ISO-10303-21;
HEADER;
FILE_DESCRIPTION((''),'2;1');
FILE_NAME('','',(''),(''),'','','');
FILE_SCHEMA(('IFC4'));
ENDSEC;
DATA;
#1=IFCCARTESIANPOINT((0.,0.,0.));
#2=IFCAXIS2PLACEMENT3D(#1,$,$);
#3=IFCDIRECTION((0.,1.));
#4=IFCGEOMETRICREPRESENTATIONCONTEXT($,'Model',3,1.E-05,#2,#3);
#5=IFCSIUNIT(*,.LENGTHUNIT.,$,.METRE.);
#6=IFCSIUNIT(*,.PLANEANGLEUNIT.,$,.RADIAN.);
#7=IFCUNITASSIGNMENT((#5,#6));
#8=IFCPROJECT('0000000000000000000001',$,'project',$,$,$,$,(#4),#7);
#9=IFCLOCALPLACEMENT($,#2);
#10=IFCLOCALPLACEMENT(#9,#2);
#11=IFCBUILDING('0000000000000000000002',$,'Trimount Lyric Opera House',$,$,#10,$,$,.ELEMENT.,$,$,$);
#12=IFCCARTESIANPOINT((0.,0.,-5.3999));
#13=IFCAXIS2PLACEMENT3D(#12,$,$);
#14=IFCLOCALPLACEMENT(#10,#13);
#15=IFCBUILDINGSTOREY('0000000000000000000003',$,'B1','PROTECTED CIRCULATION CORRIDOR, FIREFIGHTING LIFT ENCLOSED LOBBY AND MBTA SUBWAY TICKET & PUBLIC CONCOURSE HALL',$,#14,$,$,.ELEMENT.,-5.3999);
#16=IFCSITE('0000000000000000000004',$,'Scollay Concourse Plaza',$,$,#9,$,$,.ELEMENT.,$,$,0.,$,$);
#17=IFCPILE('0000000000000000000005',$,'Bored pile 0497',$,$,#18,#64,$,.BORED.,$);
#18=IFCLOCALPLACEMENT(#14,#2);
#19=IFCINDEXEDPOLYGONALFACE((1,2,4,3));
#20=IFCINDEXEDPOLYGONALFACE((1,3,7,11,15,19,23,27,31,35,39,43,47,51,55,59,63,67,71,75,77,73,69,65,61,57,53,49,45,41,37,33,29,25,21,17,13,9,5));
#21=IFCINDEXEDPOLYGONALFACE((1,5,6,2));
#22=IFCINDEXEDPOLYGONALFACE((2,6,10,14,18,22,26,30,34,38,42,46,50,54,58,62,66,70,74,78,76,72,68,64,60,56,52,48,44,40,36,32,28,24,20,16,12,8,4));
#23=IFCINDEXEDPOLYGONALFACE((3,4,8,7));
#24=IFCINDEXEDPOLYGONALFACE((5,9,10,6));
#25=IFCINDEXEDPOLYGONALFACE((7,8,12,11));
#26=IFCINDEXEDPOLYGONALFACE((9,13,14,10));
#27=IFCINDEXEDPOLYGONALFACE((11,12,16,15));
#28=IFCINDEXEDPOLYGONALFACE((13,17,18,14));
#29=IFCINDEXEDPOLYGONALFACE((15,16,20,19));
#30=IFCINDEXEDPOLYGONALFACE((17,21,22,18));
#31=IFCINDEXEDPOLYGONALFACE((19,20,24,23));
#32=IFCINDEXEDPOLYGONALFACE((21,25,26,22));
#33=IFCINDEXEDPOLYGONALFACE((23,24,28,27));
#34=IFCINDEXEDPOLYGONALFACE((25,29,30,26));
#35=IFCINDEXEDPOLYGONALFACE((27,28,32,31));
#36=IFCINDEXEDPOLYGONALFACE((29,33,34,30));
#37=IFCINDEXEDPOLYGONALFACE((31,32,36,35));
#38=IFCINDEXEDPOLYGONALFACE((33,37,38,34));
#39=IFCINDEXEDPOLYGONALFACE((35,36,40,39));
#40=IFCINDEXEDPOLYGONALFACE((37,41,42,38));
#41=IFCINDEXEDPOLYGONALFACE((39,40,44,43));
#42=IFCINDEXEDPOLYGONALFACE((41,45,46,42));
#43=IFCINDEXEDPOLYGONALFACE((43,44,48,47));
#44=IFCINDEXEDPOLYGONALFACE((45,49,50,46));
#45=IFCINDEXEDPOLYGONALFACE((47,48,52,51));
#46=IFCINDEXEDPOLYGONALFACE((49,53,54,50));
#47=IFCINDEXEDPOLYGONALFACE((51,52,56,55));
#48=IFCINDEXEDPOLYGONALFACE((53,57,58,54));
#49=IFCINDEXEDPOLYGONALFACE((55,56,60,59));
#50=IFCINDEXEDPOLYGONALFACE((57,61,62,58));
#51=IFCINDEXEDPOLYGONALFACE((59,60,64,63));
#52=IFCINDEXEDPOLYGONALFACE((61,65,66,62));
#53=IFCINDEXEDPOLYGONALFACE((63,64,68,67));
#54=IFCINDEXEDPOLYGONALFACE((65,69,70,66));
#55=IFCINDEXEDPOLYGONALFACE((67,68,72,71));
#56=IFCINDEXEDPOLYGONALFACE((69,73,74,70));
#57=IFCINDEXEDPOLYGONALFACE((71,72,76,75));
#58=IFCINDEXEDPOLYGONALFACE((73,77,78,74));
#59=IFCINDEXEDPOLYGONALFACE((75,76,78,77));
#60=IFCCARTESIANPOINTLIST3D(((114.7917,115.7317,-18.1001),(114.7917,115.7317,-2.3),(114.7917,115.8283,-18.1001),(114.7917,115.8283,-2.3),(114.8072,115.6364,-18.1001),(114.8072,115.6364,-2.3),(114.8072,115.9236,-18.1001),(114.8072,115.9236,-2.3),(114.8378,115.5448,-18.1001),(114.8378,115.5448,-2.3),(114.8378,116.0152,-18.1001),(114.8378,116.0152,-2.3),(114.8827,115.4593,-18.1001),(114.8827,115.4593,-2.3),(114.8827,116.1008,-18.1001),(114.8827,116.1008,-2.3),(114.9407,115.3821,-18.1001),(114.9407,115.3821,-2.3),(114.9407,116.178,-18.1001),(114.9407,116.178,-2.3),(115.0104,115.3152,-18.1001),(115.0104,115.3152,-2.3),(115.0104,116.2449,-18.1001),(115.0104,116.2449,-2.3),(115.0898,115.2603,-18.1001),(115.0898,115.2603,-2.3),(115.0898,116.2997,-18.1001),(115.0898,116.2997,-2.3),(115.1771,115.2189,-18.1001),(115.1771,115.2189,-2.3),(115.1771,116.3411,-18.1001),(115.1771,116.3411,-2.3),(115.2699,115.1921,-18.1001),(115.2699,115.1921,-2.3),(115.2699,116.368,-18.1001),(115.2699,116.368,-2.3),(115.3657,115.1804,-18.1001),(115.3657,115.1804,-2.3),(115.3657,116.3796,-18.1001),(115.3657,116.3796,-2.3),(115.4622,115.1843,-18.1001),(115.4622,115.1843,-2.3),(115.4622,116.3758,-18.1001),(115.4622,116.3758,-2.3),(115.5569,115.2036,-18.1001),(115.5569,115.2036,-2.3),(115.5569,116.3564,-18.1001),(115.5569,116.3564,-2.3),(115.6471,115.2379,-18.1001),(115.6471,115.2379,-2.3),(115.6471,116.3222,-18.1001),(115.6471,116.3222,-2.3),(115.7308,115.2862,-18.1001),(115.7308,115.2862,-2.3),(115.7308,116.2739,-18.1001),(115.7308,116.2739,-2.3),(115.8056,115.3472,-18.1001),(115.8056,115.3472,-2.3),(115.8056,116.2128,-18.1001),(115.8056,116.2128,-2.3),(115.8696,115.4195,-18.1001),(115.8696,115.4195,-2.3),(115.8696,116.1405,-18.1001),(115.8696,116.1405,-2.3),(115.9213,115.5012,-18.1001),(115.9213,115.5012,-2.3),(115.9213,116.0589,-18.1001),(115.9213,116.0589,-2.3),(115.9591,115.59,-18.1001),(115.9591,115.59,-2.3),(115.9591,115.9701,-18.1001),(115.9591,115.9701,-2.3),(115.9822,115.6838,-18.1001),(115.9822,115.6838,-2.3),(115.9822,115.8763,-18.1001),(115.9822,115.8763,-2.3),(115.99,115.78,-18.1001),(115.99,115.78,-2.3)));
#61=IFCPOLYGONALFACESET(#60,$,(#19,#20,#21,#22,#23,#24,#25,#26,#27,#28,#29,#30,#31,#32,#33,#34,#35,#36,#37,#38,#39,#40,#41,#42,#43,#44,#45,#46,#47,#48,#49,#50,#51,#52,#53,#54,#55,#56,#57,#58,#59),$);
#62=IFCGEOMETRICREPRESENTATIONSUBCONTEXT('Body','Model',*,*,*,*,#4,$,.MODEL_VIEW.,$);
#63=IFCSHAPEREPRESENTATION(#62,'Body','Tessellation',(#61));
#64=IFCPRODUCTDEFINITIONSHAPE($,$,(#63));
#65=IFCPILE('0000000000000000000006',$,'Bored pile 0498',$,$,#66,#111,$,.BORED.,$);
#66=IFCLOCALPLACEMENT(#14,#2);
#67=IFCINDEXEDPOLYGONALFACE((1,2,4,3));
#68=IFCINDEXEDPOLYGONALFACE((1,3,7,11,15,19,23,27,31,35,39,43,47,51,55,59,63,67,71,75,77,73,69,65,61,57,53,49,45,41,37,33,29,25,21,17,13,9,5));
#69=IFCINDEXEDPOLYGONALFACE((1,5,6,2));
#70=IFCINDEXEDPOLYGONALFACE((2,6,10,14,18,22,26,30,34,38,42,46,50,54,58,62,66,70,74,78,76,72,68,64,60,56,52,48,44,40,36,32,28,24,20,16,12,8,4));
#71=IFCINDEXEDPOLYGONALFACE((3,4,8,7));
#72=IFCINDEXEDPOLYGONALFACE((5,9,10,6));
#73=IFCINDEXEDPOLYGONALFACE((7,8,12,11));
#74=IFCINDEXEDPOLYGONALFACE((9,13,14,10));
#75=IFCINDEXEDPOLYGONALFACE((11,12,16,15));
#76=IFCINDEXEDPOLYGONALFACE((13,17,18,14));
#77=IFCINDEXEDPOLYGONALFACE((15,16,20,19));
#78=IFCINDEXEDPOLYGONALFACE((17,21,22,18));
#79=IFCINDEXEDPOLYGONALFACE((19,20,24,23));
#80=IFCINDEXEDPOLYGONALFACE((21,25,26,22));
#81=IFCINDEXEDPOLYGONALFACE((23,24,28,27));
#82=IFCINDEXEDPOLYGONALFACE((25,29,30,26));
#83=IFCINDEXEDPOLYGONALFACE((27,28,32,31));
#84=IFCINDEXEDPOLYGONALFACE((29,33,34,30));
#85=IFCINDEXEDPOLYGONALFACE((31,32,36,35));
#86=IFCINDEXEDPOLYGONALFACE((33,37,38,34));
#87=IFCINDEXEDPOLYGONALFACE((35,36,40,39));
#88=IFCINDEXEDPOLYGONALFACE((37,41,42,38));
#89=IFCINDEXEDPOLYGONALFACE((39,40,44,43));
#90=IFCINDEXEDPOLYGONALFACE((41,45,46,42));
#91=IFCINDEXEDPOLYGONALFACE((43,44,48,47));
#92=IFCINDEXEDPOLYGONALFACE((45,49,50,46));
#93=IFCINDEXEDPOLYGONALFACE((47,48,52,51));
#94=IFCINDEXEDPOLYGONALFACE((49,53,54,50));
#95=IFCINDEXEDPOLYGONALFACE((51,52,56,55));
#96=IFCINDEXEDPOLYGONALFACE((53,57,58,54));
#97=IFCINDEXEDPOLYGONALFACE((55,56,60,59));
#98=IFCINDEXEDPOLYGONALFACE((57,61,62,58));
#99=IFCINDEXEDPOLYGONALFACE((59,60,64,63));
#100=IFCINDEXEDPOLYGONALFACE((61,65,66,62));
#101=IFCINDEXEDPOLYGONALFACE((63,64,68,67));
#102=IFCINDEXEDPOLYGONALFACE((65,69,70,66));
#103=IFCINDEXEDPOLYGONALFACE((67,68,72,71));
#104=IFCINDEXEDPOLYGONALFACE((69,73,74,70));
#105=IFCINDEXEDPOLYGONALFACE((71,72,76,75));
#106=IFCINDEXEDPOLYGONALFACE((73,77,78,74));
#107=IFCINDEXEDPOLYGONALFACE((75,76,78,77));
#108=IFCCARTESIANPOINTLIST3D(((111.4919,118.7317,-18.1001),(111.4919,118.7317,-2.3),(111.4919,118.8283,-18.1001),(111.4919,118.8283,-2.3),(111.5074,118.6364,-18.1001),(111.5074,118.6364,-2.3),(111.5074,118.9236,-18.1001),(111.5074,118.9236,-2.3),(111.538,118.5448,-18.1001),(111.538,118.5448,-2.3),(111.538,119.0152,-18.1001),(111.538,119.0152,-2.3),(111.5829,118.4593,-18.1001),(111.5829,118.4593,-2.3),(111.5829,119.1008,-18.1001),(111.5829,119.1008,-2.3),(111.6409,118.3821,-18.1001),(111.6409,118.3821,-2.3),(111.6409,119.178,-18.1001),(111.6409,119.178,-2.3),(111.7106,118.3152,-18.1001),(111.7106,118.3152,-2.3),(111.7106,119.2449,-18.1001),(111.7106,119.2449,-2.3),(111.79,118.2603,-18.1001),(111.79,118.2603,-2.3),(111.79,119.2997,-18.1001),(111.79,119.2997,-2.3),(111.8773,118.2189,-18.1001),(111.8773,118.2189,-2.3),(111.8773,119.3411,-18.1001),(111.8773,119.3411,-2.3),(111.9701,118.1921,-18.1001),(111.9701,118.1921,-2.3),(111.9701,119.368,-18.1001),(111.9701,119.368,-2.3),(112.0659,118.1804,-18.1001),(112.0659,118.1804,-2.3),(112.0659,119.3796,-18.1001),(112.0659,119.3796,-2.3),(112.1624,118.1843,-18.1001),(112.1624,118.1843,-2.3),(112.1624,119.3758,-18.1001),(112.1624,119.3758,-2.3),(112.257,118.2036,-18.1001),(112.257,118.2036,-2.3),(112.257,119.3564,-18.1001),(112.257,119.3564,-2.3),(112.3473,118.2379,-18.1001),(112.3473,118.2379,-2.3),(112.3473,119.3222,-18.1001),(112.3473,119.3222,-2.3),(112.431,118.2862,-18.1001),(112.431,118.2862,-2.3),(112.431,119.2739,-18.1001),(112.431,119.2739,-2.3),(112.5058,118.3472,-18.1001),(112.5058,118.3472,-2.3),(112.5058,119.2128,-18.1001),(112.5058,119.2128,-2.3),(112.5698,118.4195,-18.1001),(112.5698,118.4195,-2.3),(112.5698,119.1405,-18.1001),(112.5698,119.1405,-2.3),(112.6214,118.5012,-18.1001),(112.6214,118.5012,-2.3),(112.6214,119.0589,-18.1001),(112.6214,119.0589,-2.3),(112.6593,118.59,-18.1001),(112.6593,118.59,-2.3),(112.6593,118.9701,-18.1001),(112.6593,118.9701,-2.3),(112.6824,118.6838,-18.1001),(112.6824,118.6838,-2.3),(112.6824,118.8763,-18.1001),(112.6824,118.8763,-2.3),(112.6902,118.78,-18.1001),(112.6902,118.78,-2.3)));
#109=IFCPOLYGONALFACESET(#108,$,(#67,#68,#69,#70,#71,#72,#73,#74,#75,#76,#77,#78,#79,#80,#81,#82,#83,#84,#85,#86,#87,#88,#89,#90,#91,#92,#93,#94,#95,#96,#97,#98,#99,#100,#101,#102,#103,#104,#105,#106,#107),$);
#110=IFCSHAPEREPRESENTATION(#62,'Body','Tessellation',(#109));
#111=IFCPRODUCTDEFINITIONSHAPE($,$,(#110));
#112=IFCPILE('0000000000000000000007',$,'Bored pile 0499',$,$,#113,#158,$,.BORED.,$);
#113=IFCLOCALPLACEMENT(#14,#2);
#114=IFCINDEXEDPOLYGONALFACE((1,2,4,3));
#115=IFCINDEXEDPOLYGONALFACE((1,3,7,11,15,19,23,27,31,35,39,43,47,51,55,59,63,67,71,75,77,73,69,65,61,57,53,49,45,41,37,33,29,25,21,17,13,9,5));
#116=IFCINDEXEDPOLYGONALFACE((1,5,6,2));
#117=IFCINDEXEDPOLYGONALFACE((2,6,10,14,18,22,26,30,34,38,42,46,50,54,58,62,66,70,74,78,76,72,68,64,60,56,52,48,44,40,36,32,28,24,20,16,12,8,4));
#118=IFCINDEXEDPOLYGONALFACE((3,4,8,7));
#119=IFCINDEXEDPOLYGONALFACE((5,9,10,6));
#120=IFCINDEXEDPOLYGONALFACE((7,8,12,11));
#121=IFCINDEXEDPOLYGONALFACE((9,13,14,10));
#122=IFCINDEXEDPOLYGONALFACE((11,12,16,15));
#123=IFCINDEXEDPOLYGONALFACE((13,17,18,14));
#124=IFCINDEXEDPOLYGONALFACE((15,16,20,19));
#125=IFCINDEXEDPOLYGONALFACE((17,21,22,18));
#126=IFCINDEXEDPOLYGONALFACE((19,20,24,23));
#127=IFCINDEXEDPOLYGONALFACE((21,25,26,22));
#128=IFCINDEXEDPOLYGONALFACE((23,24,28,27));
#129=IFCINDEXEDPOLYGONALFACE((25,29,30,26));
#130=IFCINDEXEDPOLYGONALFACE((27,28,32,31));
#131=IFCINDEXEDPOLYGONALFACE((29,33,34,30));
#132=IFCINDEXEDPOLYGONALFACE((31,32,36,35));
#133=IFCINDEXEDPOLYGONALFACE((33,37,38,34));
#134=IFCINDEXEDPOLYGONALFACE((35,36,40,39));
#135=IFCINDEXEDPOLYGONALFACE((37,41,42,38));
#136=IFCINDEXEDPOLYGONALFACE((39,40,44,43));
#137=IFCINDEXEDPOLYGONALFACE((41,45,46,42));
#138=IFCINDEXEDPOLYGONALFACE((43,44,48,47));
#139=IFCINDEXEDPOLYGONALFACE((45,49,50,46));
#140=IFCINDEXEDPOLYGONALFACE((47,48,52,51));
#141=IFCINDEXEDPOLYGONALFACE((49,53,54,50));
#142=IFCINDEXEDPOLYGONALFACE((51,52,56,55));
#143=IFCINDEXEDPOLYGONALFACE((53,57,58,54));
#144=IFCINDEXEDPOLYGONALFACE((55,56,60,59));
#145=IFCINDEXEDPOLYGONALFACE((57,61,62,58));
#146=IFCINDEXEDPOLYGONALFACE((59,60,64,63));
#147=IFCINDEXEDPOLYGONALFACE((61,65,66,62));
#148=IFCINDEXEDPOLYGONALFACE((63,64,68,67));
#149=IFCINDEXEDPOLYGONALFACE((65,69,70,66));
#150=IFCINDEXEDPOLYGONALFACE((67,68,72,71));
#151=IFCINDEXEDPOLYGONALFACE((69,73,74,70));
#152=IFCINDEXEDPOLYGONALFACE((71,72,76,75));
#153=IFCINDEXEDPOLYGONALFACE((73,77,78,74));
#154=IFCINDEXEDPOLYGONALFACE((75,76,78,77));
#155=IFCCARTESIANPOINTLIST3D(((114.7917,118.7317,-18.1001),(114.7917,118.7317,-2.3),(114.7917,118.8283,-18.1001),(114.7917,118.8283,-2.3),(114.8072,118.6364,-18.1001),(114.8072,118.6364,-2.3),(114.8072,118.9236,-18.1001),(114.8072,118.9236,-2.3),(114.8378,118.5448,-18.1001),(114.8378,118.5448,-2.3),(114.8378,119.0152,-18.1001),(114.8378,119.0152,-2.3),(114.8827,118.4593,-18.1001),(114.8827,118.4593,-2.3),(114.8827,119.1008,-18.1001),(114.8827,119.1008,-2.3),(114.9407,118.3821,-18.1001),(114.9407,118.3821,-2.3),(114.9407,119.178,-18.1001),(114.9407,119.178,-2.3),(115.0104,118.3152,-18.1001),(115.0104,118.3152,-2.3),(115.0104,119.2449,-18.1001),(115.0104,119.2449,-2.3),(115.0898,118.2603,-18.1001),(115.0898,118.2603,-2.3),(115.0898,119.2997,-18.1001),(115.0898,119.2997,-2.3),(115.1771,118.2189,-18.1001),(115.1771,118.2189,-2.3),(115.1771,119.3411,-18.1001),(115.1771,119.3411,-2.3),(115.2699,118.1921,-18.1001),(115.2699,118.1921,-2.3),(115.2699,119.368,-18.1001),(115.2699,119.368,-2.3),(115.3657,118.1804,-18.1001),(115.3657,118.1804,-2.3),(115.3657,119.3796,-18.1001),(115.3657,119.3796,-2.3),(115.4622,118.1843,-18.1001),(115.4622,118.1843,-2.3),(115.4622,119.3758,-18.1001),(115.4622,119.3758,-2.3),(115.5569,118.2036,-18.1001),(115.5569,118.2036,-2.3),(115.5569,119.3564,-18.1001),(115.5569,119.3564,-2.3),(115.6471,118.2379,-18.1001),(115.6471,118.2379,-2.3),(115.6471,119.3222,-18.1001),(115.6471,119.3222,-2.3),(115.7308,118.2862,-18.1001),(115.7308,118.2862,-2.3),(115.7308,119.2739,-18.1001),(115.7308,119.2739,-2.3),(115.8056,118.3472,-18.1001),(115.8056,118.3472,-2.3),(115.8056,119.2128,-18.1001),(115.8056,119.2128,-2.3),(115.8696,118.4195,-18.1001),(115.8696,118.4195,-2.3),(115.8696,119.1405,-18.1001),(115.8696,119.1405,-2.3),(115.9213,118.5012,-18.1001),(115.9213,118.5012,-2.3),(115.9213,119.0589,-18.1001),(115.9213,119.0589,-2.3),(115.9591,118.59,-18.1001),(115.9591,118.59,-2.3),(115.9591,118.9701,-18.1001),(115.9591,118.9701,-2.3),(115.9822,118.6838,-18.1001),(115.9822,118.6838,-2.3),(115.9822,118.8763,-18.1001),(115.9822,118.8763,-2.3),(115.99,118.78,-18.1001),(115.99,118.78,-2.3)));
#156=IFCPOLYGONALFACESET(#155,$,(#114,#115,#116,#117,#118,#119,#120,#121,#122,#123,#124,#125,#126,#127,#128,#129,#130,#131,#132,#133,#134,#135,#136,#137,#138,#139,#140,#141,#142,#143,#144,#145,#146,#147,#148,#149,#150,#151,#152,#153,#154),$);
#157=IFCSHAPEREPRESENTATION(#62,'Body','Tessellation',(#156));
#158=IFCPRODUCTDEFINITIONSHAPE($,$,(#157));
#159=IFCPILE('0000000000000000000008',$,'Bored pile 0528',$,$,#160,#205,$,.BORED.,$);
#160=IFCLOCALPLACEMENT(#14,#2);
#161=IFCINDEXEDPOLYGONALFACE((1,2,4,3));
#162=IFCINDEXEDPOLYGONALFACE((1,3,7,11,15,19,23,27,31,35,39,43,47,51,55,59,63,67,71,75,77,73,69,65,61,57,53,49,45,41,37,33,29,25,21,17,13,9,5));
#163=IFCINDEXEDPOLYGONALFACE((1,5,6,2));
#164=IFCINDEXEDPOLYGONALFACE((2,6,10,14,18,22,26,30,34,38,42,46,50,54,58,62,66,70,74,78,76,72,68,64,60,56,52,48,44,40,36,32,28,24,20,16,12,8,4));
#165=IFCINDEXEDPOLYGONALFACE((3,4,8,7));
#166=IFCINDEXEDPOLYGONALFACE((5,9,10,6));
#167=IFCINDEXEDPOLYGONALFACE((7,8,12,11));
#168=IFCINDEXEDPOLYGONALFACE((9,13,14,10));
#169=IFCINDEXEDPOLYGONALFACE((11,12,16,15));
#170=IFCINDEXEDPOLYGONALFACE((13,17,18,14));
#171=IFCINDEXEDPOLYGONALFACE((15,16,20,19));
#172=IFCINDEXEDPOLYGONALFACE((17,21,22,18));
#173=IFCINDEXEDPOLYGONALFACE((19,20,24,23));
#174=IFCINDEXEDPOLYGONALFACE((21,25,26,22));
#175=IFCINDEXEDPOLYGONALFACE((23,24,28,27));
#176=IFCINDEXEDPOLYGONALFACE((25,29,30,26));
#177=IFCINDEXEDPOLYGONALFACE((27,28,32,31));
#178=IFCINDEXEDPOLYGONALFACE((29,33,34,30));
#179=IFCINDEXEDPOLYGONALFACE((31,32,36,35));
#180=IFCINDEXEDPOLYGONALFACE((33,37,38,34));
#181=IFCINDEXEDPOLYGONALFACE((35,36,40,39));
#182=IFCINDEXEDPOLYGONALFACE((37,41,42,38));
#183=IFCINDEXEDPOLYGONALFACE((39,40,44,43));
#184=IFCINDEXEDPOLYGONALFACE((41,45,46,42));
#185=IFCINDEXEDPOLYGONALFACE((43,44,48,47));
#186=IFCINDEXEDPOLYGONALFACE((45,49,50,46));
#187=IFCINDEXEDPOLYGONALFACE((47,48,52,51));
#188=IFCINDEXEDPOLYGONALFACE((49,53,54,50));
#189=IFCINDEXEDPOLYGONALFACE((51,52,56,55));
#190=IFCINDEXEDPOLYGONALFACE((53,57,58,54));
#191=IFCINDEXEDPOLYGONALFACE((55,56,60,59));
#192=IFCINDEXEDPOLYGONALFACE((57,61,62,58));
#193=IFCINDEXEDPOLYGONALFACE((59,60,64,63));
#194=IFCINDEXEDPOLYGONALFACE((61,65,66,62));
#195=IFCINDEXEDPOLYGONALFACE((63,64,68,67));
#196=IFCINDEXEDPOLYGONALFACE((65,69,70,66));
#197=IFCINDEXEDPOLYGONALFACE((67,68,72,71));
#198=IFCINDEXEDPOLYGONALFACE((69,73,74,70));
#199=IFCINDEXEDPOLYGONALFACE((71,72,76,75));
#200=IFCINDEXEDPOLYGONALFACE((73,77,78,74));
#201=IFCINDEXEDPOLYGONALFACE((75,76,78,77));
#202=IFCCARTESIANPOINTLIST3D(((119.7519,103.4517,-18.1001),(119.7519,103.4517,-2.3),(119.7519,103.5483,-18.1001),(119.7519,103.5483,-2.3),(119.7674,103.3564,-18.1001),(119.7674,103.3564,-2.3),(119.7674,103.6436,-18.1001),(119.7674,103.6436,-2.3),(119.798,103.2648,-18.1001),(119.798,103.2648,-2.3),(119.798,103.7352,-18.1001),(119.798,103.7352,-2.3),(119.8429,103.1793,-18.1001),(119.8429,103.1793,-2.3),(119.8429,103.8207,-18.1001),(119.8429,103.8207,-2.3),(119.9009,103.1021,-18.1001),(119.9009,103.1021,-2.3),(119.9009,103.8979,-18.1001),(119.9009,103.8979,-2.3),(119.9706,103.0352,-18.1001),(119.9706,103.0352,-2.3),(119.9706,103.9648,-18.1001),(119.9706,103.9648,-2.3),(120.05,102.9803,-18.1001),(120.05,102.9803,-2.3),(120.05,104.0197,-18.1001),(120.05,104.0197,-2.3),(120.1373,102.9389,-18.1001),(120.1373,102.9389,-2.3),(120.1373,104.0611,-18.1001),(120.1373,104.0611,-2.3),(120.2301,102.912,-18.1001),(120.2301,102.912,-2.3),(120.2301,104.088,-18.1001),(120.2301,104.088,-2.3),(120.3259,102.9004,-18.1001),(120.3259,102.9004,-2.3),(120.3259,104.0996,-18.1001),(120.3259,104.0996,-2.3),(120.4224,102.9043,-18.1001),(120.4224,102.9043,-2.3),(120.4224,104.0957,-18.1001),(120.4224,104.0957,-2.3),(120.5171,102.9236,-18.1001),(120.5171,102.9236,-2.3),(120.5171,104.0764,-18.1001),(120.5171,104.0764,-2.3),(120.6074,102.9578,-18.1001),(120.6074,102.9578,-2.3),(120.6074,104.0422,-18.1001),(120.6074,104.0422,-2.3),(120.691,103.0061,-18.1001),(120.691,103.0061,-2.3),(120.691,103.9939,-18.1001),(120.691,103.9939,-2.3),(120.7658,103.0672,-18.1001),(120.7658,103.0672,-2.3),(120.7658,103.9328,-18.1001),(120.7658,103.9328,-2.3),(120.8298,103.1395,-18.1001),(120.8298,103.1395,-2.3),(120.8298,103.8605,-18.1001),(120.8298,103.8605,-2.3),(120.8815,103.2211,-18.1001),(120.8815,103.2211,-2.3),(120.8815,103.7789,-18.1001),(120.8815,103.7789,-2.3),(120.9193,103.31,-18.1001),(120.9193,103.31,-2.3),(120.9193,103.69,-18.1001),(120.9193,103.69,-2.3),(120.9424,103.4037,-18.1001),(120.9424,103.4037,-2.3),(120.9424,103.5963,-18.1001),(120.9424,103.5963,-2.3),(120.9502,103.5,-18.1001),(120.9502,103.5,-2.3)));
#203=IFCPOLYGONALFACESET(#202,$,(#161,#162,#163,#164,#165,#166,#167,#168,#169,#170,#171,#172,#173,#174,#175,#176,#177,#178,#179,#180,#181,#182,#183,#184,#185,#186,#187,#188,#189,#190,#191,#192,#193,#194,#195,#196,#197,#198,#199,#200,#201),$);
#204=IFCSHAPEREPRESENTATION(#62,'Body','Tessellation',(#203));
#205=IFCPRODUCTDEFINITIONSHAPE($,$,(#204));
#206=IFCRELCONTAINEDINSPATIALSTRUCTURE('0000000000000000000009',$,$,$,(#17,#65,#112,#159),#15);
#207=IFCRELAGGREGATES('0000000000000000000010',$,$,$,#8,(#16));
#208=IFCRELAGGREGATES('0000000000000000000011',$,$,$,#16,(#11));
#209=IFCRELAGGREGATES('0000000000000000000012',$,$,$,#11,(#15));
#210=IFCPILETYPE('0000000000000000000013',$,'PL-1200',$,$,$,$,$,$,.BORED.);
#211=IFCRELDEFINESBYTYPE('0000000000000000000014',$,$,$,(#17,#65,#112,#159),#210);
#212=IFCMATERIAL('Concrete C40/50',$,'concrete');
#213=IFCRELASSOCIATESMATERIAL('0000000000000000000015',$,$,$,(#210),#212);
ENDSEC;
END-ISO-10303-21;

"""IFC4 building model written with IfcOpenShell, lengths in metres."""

from ifc_helpers import new_model, si_unit, direction, frame, origin, origin_2d, place, context, subcontext, project, spatial, circle, extrude, material, material_profile, profile_set, type_object, element, save


model = new_model("IFC4")

# Units and contexts
model_context = context("Model", 3, precision=1e-05, world=origin(), true_north=direction((0.0, 1.0)))
body_context = subcontext(model_context, "Body", "Model", "MODEL_VIEW")
ifc_project = project(units=[si_unit("LENGTHUNIT", "METRE"), si_unit("PLANEANGLEUNIT", "RADIAN")], contexts=[model_context])

# Site, building, storey
site_placement = place(None, origin())
site = spatial("IfcSite", under=ifc_project, at=site_placement, Name="Scollay Concourse Plaza", CompositionType="ELEMENT", RefElevation=0.0)
building_placement = place(site_placement, origin())
building = spatial("IfcBuilding", under=site, at=building_placement, Name="Trimount Lyric Opera House", CompositionType="ELEMENT")
storey_placement = place(building_placement, frame((0.0, 0.0, -5.3999)))
storey = spatial("IfcBuildingStorey", under=building, at=storey_placement, Name="B1", Description="PROTECTED CIRCULATION CORRIDOR, FIREFIGHTING LIFT ENCLOSED LOBBY AND MBTA SUBWAY TICKET & PUBLIC CONCOURSE HALL", CompositionType="ELEMENT", Elevation=-5.3999)

# Piles
ifc_material_1 = material(Name="Concrete C40/50", Category="concrete")
ifc_material_profile_1 = material_profile(ifc_material_1, circle(Radius=0.6001, at=origin_2d()), Name="PILE-D1200")
ifc_profile_set_1 = profile_set([ifc_material_profile_1], Name="Concrete C40/50")
pile_type = type_object("IfcPileType", Name="PL-1200", PredefinedType="BORED", material=ifc_profile_set_1)
for number, where, z_axis, x_axis, name in (
    (1, (115.3899, 115.78, -2.3), (0.0, 0.0, -1.0), (1.0, 0.0, 0.0), "Bored pile 0497"),
    (2, (112.0901, 118.78, -2.3), (0.0, 0.0, -1.0), (1.0, 0.0, 0.0), "Bored pile 0498"),
    (3, (115.3899, 118.78, -2.3), (0.0, 0.0, -1.0), (1.0, 0.0, 0.0), "Bored pile 0499"),
    (4, (120.3501, 103.5, -2.3), (0.0, 0.0, -1.0), (1.0, 0.0, 0.0), "Bored pile 0528"),
):
    element("IfcPile", number, at=place(storey_placement, frame(where, z_axis=z_axis, x_axis=x_axis)), inside=storey, type_object=pile_type, Name=name, PredefinedType="BORED", context=body_context, shape_type="SweptSolid", body=[
        extrude(circle(Radius=0.6001, at=origin_2d()), origin(), (0.0, 0.0, 1.0), 15.8),
    ])

save(model, "model.ifc")
